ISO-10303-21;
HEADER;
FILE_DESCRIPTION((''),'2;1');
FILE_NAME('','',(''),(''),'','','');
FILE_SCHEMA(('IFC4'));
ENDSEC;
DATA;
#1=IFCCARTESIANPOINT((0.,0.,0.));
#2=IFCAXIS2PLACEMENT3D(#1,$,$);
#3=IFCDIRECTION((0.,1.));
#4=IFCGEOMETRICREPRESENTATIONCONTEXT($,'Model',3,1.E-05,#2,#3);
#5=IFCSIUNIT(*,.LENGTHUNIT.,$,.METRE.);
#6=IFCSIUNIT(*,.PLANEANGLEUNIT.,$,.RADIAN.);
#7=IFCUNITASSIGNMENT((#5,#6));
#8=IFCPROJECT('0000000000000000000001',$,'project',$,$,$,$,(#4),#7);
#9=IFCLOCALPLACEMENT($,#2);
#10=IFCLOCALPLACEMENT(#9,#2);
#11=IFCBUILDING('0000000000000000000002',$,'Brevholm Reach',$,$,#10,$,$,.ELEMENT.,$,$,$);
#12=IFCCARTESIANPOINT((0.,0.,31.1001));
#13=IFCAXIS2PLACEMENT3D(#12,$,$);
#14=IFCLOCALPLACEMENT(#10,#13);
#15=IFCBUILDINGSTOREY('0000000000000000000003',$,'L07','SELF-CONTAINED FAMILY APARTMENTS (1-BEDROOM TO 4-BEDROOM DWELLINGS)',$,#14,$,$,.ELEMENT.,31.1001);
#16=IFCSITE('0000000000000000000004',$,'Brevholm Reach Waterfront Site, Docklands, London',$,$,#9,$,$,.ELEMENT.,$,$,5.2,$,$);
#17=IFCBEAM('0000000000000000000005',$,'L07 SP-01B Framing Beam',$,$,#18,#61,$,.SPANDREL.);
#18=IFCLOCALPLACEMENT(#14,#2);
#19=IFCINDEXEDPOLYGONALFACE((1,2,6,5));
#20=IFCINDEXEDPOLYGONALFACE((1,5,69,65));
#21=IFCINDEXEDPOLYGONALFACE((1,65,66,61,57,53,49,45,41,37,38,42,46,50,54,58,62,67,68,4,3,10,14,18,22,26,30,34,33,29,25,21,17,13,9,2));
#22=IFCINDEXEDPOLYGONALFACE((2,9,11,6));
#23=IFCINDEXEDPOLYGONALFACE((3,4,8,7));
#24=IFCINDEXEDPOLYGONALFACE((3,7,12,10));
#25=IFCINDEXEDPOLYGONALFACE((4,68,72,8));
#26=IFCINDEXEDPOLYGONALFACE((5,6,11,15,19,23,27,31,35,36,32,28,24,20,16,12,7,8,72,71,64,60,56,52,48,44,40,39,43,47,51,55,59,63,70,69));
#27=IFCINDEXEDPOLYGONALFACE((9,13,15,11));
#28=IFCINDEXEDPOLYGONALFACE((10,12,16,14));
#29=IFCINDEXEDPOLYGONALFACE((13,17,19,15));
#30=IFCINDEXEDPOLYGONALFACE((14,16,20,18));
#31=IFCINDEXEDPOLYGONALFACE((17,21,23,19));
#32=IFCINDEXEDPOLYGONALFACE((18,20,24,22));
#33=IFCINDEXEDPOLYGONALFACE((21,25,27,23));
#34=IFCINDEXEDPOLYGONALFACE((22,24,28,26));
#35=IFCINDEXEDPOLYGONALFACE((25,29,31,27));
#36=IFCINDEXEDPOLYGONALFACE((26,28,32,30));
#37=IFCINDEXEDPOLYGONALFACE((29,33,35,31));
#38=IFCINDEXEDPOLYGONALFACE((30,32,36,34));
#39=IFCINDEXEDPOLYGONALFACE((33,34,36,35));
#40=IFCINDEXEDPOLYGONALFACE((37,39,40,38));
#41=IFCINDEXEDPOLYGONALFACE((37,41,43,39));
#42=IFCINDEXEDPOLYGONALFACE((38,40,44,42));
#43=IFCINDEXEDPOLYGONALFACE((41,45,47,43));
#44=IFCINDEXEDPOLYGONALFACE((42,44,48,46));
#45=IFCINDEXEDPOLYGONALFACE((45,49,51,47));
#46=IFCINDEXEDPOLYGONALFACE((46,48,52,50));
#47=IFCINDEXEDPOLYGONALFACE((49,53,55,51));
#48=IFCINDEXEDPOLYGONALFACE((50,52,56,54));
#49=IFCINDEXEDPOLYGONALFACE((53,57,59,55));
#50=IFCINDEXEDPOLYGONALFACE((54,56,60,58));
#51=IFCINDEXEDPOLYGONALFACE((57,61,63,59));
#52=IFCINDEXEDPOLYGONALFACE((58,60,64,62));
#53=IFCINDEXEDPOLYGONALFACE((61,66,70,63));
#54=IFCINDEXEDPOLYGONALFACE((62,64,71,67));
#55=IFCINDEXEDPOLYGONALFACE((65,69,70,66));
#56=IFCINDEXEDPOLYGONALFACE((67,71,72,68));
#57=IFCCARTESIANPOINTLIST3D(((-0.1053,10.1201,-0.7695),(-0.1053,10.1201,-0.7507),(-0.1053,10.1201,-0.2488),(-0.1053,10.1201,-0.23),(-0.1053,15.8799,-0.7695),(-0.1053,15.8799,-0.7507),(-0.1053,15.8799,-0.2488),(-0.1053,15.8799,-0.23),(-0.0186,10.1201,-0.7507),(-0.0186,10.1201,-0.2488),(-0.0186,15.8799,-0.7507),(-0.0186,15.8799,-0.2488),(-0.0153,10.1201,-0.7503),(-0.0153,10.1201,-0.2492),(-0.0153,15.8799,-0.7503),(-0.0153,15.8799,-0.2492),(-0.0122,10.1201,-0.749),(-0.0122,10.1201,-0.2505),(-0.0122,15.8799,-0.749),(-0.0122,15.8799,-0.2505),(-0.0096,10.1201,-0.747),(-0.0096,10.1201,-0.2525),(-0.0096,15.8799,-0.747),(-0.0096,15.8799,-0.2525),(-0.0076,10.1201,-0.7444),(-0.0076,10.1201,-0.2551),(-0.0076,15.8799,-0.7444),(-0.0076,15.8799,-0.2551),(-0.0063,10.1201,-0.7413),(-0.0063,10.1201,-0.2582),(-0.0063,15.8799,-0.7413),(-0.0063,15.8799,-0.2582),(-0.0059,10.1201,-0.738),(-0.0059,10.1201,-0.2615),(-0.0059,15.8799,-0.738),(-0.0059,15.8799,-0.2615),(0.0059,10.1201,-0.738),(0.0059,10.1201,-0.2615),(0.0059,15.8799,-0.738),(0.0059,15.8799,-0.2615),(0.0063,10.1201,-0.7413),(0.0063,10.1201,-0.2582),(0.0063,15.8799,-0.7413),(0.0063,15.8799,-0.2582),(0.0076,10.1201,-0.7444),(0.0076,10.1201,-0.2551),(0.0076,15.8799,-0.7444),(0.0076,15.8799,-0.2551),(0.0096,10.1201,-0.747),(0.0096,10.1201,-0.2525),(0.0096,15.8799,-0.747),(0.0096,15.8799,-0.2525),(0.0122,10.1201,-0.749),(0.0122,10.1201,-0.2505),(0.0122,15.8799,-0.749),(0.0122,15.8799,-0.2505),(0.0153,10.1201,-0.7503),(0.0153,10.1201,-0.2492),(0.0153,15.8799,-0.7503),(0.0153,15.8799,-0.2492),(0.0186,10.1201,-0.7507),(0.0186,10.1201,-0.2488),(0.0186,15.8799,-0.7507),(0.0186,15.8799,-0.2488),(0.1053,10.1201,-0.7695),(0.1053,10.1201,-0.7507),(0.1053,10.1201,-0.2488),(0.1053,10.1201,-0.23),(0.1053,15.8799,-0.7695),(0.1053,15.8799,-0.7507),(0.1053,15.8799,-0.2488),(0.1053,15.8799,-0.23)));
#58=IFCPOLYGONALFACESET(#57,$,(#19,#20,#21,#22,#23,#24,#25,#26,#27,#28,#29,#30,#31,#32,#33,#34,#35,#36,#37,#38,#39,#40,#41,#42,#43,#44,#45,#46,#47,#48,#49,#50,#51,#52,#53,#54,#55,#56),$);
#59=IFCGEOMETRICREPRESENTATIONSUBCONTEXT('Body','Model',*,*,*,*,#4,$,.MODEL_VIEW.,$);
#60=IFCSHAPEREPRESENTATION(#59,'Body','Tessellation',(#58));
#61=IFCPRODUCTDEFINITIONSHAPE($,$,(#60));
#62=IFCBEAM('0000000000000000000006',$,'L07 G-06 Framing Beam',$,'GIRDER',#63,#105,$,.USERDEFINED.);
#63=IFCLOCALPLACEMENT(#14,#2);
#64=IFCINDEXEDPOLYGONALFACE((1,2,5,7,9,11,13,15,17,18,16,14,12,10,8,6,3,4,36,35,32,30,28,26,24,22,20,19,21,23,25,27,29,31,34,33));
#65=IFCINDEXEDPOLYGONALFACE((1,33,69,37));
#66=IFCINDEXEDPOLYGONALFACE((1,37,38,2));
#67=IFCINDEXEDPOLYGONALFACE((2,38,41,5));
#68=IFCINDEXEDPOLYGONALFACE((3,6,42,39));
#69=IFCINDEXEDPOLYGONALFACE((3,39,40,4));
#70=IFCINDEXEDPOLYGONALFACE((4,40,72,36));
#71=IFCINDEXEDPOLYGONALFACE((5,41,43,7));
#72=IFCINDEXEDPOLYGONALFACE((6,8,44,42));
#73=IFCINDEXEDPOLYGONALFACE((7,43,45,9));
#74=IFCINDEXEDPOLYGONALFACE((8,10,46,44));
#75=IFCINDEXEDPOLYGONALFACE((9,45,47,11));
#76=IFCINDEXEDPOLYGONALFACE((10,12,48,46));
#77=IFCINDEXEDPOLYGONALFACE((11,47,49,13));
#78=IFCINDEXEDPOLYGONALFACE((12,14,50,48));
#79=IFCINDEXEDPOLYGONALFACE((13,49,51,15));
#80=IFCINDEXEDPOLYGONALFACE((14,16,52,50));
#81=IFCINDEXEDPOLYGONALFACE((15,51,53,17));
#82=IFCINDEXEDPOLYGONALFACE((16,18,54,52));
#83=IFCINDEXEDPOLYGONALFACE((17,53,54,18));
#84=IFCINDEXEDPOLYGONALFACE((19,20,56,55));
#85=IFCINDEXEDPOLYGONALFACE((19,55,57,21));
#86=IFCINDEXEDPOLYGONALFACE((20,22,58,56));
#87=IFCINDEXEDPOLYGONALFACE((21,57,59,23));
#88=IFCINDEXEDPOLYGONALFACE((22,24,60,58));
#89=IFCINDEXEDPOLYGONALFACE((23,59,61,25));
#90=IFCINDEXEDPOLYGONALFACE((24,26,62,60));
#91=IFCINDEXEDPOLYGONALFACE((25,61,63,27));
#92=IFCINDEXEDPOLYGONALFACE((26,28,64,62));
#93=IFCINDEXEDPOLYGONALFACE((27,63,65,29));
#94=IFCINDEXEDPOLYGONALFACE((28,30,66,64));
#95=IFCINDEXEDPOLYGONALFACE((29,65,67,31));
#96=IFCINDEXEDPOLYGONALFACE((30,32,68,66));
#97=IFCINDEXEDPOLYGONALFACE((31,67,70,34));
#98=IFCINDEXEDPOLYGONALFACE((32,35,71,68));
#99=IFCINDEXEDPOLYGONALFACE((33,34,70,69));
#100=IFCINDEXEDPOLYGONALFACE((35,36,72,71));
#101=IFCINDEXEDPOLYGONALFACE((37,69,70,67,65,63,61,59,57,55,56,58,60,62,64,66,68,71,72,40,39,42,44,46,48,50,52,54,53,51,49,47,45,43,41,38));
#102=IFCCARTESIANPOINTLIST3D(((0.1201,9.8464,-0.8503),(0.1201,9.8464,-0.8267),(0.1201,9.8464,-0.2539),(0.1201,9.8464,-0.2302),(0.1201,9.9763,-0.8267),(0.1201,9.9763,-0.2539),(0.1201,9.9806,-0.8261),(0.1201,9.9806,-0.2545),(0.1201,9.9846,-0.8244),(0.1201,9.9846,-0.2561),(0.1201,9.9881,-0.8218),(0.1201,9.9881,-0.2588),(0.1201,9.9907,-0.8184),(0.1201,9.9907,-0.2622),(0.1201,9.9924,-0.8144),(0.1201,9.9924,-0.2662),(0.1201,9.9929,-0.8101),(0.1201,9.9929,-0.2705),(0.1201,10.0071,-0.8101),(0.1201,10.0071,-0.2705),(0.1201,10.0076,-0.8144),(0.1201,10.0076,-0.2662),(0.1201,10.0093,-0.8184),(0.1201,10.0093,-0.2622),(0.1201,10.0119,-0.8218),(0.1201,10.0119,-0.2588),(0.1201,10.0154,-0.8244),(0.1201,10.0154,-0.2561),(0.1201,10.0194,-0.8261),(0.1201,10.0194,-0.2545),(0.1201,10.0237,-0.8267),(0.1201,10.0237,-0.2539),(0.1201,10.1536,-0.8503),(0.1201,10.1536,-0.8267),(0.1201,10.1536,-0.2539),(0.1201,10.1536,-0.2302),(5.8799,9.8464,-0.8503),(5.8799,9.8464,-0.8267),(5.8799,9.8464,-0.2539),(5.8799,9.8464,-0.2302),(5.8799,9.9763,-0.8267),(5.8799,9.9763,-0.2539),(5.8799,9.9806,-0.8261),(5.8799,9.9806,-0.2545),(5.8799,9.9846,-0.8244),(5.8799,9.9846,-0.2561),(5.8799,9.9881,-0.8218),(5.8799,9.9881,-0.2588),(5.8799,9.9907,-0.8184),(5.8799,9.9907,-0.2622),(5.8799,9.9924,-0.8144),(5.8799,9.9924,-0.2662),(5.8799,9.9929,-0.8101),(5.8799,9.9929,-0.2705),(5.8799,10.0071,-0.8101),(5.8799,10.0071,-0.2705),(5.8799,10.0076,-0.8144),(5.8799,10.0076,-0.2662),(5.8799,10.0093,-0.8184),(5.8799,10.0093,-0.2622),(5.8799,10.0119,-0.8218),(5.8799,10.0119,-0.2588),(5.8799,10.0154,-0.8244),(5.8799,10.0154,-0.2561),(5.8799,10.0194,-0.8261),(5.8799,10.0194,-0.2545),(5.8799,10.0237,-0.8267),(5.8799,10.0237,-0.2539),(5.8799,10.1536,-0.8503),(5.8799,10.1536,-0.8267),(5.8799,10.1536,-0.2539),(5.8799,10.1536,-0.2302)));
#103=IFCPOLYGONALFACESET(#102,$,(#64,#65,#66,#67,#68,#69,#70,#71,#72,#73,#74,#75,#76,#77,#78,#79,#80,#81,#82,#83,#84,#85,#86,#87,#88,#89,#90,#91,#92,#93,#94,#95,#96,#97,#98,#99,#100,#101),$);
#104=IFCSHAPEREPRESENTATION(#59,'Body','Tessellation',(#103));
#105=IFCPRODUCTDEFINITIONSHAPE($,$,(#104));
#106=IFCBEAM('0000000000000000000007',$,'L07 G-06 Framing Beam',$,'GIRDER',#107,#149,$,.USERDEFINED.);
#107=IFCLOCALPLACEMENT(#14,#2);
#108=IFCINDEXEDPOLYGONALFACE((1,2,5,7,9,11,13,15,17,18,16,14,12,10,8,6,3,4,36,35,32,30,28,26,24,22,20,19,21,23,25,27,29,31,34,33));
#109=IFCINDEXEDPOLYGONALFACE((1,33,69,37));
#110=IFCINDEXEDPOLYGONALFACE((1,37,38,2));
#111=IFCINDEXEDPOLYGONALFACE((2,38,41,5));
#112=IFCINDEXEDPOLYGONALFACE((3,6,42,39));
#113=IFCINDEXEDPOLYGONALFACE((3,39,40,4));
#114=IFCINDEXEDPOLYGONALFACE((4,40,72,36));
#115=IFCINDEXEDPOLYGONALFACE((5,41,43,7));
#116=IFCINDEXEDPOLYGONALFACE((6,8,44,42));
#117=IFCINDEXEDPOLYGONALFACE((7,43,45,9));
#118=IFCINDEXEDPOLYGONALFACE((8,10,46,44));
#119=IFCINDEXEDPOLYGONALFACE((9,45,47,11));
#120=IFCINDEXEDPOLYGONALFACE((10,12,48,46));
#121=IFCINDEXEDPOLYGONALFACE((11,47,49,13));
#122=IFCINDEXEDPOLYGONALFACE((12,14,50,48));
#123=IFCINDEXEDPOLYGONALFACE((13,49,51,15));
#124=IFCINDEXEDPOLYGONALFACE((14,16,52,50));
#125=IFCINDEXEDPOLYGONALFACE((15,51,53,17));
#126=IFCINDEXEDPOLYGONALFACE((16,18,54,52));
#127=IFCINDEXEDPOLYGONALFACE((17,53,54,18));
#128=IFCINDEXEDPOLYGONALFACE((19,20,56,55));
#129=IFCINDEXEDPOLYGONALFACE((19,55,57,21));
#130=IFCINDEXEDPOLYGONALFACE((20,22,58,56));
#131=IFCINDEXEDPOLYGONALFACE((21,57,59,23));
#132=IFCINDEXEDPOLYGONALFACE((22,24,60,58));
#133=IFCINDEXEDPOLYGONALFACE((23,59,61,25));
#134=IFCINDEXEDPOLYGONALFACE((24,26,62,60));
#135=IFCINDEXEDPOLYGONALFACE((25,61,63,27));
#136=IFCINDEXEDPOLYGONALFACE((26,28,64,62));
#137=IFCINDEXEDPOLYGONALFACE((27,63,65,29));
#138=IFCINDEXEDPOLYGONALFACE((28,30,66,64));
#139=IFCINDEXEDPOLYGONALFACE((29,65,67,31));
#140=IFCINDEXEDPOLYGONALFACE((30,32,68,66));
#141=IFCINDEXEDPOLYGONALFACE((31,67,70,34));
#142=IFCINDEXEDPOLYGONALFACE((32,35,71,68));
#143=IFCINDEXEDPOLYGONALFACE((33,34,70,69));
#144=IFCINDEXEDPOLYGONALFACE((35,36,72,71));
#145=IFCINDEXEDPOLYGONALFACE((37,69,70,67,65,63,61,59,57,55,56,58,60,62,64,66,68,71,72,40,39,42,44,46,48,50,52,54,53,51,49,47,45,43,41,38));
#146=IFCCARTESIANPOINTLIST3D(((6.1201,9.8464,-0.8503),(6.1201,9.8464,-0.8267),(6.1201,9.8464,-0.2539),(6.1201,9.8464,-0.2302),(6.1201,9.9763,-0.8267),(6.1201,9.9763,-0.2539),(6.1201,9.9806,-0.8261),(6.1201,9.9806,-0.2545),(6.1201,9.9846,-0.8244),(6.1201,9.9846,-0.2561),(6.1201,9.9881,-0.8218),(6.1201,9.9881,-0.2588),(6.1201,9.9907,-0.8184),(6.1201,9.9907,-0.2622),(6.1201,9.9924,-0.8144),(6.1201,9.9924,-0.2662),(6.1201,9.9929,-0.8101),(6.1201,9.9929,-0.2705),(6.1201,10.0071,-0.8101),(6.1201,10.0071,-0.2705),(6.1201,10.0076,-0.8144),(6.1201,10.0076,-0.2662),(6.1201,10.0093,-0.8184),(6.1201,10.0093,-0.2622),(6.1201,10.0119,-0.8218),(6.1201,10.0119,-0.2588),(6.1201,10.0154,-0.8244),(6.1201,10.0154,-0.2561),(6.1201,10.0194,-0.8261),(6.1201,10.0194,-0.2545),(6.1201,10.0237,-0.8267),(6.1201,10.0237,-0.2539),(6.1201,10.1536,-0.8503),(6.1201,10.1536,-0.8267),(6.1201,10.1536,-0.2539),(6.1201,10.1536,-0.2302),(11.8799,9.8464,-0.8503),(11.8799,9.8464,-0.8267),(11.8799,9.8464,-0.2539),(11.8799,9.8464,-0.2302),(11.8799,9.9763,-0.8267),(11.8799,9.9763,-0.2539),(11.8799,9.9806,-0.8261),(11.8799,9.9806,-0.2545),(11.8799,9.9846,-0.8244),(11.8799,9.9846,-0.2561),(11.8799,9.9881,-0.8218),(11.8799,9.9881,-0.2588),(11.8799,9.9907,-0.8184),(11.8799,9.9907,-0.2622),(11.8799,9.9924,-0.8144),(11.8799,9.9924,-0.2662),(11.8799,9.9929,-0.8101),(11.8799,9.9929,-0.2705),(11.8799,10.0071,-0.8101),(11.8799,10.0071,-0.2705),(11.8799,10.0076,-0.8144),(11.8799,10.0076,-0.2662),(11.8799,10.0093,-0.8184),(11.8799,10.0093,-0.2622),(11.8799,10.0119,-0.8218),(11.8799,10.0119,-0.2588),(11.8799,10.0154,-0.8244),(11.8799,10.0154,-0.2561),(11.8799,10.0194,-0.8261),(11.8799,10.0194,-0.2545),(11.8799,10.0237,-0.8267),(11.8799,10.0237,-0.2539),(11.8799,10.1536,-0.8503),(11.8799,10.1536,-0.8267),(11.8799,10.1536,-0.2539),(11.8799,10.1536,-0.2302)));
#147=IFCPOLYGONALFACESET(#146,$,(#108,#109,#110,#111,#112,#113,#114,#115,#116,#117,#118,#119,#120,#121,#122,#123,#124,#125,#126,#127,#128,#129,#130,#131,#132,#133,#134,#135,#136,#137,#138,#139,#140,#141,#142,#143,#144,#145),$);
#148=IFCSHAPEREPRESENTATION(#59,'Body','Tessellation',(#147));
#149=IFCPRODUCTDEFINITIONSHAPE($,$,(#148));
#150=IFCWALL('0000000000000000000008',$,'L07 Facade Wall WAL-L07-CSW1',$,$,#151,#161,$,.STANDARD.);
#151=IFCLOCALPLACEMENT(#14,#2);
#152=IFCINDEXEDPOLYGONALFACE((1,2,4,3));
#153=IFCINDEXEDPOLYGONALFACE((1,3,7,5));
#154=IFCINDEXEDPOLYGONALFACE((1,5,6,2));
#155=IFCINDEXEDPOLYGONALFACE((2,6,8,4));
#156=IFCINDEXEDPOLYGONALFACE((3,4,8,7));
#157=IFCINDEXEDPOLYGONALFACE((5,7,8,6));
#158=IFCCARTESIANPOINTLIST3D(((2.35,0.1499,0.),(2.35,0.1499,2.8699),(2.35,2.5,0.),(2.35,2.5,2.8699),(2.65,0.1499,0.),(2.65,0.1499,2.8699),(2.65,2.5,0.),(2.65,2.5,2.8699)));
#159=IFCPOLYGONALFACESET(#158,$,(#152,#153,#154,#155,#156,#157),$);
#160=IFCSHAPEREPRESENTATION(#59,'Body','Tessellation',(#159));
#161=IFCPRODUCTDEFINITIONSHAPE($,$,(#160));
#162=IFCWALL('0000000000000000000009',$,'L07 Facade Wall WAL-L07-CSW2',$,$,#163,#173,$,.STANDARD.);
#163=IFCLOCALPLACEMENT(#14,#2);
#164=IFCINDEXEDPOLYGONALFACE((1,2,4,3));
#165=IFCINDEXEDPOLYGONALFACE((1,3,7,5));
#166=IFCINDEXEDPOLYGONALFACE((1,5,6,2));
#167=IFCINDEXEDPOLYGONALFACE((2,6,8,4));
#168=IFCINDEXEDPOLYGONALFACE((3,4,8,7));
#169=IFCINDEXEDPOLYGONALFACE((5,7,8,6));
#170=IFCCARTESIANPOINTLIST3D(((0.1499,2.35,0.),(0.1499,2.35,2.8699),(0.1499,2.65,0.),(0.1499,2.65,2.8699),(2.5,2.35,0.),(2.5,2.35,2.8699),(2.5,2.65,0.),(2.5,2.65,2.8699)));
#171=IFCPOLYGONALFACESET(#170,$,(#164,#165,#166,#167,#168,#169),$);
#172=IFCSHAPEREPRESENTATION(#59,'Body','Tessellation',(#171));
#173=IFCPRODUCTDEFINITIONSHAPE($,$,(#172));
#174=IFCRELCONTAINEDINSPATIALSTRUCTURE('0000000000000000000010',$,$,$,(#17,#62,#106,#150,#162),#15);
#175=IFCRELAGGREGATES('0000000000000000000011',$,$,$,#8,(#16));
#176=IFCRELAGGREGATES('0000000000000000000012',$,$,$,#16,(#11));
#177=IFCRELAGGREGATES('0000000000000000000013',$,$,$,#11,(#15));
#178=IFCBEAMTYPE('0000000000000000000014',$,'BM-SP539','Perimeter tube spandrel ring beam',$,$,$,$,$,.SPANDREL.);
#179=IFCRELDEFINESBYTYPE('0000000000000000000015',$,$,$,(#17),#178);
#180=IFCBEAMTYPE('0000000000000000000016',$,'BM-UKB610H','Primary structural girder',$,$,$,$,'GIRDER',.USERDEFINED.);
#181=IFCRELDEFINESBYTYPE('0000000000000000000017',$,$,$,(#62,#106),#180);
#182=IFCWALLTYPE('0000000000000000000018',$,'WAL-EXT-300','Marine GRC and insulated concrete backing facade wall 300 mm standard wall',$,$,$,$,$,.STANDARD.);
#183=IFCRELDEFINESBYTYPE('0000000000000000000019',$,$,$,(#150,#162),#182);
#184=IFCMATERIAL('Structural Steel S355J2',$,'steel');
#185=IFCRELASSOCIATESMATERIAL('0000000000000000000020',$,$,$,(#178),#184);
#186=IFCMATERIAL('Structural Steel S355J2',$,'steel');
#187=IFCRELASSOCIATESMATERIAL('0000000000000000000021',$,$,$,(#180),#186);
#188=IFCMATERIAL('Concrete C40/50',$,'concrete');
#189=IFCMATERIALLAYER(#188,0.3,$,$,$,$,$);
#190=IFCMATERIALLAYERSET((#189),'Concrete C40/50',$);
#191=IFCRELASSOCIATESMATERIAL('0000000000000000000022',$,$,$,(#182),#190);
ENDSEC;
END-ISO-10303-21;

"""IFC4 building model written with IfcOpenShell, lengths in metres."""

from ifc_helpers import new_model, si_unit, direction, frame, frame_2d, origin, origin_2d, place, context, subcontext, project, spatial, rectangle, i_section, extrude, material, layer, layer_set, material_profile, profile_set, type_object, element, save


model = new_model("IFC4")

# Units and contexts
model_context = context("Model", 3, precision=1e-05, world=origin(), true_north=direction((0.0, 1.0)))
body_context = subcontext(model_context, "Body", "Model", "MODEL_VIEW")
ifc_project = project(units=[si_unit("LENGTHUNIT", "METRE"), si_unit("PLANEANGLEUNIT", "RADIAN")], contexts=[model_context])

# Site, building, storey
site_placement = place(None, origin())
site = spatial("IfcSite", under=ifc_project, at=site_placement, Name="Brevholm Reach Waterfront Site, Docklands, London", CompositionType="ELEMENT", RefElevation=5.2)
building_placement = place(site_placement, origin())
building = spatial("IfcBuilding", under=site, at=building_placement, Name="Brevholm Reach", CompositionType="ELEMENT")
storey_placement = place(building_placement, frame((0.0, 0.0, 31.1001)))
storey = spatial("IfcBuildingStorey", under=building, at=storey_placement, Name="L07", Description="SELF-CONTAINED FAMILY APARTMENTS (1-BEDROOM TO 4-BEDROOM DWELLINGS)", CompositionType="ELEMENT", Elevation=31.1001)

# Beams
ifc_material_1 = material(Name="Structural Steel S355J2", Category="steel")
ifc_material_profile_1 = material_profile(ifc_material_1, i_section(OverallWidth=0.2107, OverallDepth=0.5396, WebThickness=0.0117, FlangeThickness=0.0188, FilletRadius=0.0127, at=origin_2d()), Name="UKB 533x210x109")
ifc_profile_set_1 = profile_set([ifc_material_profile_1], Name="Structural Steel S355J2")
beam_type_1 = type_object("IfcBeamType", Name="BM-SP539", Description="Perimeter tube spandrel ring beam", PredefinedType="SPANDREL", material=ifc_profile_set_1)
beam_placement = place(storey_placement, frame((0.0, 10.1201, -0.4998), z_axis=(0.0, 1.0, 0.0), x_axis=(-1.0, 0.0, 0.0)))
element("IfcBeam", 1, at=beam_placement, inside=storey, type_object=beam_type_1, Name="L07 SP-01B Framing Beam", PredefinedType="SPANDREL", context=body_context, shape_type="SweptSolid", body=[
    extrude(i_section(OverallWidth=0.2107, OverallDepth=0.5396, WebThickness=0.0117, FlangeThickness=0.0188, FilletRadius=0.0127, at=origin_2d()), origin(), (0.0, 0.0, 1.0), 5.7598),
])
ifc_material_2 = material(Name="Structural Steel S355J2", Category="steel")
ifc_material_profile_2 = material_profile(ifc_material_2, i_section(OverallWidth=0.3071, OverallDepth=0.6201, WebThickness=0.0142, FlangeThickness=0.0237, FilletRadius=0.0166, at=origin_2d()), Name="UKB 610x305x179")
ifc_profile_set_2 = profile_set([ifc_material_profile_2], Name="Structural Steel S355J2")
beam_type_2 = type_object("IfcBeamType", Name="BM-UKB610H", Description="Primary structural girder", ElementType="GIRDER", PredefinedType="USERDEFINED", material=ifc_profile_set_2)
for number, where, z_axis, x_axis, name in (
    (2, (0.1201, 10.0, -0.5403), (1.0, 0.0, 0.0), (0.0, 1.0, 0.0), "L07 G-06 Framing Beam"),
    (3, (6.1201, 10.0, -0.5403), (1.0, 0.0, 0.0), (0.0, 1.0, 0.0), "L07 G-06 Framing Beam"),
):
    element("IfcBeam", number, at=place(storey_placement, frame(where, z_axis=z_axis, x_axis=x_axis)), inside=storey, type_object=beam_type_2, Name=name, ObjectType="GIRDER", PredefinedType="USERDEFINED", context=body_context, shape_type="SweptSolid", body=[
        extrude(i_section(OverallWidth=0.3071, OverallDepth=0.6201, WebThickness=0.0142, FlangeThickness=0.0237, FilletRadius=0.0166, at=origin_2d()), origin(), (0.0, 0.0, 1.0), 5.7598),
    ])

# Walls
ifc_material_3 = material(Name="Concrete C40/50", Category="concrete")
ifc_layer_1 = layer(ifc_material_3, 0.3)
ifc_layer_set_1 = layer_set([ifc_layer_1], Name="Concrete C40/50")
wall_type_1 = type_object("IfcWallType", Name="WAL-EXT-300", Description="Marine GRC and insulated concrete backing facade wall 300 mm standard wall", PredefinedType="STANDARD", material=ifc_layer_set_1)
for number, where, z_axis, x_axis, name in (
    (4, (2.5, 2.5, 0.0), (0.0, 0.0, 1.0), (0.0, -1.0, 0.0), "L07 Facade Wall WAL-L07-CSW1"),
    (5, (0.1499, 2.5, 0.0), (0.0, 0.0, 1.0), (1.0, 0.0, 0.0), "L07 Facade Wall WAL-L07-CSW2"),
):
    element("IfcWall", number, at=place(storey_placement, frame(where, z_axis=z_axis, x_axis=x_axis)), inside=storey, type_object=wall_type_1, Name=name, PredefinedType="STANDARD", context=body_context, shape_type="SweptSolid", body=[
        extrude(rectangle(XDim=2.3501, YDim=0.3, at=frame_2d((1.175, 0.0))), origin(), (0.0, 0.0, 1.0), 2.8699),
    ])

save(model, "model.ifc")
